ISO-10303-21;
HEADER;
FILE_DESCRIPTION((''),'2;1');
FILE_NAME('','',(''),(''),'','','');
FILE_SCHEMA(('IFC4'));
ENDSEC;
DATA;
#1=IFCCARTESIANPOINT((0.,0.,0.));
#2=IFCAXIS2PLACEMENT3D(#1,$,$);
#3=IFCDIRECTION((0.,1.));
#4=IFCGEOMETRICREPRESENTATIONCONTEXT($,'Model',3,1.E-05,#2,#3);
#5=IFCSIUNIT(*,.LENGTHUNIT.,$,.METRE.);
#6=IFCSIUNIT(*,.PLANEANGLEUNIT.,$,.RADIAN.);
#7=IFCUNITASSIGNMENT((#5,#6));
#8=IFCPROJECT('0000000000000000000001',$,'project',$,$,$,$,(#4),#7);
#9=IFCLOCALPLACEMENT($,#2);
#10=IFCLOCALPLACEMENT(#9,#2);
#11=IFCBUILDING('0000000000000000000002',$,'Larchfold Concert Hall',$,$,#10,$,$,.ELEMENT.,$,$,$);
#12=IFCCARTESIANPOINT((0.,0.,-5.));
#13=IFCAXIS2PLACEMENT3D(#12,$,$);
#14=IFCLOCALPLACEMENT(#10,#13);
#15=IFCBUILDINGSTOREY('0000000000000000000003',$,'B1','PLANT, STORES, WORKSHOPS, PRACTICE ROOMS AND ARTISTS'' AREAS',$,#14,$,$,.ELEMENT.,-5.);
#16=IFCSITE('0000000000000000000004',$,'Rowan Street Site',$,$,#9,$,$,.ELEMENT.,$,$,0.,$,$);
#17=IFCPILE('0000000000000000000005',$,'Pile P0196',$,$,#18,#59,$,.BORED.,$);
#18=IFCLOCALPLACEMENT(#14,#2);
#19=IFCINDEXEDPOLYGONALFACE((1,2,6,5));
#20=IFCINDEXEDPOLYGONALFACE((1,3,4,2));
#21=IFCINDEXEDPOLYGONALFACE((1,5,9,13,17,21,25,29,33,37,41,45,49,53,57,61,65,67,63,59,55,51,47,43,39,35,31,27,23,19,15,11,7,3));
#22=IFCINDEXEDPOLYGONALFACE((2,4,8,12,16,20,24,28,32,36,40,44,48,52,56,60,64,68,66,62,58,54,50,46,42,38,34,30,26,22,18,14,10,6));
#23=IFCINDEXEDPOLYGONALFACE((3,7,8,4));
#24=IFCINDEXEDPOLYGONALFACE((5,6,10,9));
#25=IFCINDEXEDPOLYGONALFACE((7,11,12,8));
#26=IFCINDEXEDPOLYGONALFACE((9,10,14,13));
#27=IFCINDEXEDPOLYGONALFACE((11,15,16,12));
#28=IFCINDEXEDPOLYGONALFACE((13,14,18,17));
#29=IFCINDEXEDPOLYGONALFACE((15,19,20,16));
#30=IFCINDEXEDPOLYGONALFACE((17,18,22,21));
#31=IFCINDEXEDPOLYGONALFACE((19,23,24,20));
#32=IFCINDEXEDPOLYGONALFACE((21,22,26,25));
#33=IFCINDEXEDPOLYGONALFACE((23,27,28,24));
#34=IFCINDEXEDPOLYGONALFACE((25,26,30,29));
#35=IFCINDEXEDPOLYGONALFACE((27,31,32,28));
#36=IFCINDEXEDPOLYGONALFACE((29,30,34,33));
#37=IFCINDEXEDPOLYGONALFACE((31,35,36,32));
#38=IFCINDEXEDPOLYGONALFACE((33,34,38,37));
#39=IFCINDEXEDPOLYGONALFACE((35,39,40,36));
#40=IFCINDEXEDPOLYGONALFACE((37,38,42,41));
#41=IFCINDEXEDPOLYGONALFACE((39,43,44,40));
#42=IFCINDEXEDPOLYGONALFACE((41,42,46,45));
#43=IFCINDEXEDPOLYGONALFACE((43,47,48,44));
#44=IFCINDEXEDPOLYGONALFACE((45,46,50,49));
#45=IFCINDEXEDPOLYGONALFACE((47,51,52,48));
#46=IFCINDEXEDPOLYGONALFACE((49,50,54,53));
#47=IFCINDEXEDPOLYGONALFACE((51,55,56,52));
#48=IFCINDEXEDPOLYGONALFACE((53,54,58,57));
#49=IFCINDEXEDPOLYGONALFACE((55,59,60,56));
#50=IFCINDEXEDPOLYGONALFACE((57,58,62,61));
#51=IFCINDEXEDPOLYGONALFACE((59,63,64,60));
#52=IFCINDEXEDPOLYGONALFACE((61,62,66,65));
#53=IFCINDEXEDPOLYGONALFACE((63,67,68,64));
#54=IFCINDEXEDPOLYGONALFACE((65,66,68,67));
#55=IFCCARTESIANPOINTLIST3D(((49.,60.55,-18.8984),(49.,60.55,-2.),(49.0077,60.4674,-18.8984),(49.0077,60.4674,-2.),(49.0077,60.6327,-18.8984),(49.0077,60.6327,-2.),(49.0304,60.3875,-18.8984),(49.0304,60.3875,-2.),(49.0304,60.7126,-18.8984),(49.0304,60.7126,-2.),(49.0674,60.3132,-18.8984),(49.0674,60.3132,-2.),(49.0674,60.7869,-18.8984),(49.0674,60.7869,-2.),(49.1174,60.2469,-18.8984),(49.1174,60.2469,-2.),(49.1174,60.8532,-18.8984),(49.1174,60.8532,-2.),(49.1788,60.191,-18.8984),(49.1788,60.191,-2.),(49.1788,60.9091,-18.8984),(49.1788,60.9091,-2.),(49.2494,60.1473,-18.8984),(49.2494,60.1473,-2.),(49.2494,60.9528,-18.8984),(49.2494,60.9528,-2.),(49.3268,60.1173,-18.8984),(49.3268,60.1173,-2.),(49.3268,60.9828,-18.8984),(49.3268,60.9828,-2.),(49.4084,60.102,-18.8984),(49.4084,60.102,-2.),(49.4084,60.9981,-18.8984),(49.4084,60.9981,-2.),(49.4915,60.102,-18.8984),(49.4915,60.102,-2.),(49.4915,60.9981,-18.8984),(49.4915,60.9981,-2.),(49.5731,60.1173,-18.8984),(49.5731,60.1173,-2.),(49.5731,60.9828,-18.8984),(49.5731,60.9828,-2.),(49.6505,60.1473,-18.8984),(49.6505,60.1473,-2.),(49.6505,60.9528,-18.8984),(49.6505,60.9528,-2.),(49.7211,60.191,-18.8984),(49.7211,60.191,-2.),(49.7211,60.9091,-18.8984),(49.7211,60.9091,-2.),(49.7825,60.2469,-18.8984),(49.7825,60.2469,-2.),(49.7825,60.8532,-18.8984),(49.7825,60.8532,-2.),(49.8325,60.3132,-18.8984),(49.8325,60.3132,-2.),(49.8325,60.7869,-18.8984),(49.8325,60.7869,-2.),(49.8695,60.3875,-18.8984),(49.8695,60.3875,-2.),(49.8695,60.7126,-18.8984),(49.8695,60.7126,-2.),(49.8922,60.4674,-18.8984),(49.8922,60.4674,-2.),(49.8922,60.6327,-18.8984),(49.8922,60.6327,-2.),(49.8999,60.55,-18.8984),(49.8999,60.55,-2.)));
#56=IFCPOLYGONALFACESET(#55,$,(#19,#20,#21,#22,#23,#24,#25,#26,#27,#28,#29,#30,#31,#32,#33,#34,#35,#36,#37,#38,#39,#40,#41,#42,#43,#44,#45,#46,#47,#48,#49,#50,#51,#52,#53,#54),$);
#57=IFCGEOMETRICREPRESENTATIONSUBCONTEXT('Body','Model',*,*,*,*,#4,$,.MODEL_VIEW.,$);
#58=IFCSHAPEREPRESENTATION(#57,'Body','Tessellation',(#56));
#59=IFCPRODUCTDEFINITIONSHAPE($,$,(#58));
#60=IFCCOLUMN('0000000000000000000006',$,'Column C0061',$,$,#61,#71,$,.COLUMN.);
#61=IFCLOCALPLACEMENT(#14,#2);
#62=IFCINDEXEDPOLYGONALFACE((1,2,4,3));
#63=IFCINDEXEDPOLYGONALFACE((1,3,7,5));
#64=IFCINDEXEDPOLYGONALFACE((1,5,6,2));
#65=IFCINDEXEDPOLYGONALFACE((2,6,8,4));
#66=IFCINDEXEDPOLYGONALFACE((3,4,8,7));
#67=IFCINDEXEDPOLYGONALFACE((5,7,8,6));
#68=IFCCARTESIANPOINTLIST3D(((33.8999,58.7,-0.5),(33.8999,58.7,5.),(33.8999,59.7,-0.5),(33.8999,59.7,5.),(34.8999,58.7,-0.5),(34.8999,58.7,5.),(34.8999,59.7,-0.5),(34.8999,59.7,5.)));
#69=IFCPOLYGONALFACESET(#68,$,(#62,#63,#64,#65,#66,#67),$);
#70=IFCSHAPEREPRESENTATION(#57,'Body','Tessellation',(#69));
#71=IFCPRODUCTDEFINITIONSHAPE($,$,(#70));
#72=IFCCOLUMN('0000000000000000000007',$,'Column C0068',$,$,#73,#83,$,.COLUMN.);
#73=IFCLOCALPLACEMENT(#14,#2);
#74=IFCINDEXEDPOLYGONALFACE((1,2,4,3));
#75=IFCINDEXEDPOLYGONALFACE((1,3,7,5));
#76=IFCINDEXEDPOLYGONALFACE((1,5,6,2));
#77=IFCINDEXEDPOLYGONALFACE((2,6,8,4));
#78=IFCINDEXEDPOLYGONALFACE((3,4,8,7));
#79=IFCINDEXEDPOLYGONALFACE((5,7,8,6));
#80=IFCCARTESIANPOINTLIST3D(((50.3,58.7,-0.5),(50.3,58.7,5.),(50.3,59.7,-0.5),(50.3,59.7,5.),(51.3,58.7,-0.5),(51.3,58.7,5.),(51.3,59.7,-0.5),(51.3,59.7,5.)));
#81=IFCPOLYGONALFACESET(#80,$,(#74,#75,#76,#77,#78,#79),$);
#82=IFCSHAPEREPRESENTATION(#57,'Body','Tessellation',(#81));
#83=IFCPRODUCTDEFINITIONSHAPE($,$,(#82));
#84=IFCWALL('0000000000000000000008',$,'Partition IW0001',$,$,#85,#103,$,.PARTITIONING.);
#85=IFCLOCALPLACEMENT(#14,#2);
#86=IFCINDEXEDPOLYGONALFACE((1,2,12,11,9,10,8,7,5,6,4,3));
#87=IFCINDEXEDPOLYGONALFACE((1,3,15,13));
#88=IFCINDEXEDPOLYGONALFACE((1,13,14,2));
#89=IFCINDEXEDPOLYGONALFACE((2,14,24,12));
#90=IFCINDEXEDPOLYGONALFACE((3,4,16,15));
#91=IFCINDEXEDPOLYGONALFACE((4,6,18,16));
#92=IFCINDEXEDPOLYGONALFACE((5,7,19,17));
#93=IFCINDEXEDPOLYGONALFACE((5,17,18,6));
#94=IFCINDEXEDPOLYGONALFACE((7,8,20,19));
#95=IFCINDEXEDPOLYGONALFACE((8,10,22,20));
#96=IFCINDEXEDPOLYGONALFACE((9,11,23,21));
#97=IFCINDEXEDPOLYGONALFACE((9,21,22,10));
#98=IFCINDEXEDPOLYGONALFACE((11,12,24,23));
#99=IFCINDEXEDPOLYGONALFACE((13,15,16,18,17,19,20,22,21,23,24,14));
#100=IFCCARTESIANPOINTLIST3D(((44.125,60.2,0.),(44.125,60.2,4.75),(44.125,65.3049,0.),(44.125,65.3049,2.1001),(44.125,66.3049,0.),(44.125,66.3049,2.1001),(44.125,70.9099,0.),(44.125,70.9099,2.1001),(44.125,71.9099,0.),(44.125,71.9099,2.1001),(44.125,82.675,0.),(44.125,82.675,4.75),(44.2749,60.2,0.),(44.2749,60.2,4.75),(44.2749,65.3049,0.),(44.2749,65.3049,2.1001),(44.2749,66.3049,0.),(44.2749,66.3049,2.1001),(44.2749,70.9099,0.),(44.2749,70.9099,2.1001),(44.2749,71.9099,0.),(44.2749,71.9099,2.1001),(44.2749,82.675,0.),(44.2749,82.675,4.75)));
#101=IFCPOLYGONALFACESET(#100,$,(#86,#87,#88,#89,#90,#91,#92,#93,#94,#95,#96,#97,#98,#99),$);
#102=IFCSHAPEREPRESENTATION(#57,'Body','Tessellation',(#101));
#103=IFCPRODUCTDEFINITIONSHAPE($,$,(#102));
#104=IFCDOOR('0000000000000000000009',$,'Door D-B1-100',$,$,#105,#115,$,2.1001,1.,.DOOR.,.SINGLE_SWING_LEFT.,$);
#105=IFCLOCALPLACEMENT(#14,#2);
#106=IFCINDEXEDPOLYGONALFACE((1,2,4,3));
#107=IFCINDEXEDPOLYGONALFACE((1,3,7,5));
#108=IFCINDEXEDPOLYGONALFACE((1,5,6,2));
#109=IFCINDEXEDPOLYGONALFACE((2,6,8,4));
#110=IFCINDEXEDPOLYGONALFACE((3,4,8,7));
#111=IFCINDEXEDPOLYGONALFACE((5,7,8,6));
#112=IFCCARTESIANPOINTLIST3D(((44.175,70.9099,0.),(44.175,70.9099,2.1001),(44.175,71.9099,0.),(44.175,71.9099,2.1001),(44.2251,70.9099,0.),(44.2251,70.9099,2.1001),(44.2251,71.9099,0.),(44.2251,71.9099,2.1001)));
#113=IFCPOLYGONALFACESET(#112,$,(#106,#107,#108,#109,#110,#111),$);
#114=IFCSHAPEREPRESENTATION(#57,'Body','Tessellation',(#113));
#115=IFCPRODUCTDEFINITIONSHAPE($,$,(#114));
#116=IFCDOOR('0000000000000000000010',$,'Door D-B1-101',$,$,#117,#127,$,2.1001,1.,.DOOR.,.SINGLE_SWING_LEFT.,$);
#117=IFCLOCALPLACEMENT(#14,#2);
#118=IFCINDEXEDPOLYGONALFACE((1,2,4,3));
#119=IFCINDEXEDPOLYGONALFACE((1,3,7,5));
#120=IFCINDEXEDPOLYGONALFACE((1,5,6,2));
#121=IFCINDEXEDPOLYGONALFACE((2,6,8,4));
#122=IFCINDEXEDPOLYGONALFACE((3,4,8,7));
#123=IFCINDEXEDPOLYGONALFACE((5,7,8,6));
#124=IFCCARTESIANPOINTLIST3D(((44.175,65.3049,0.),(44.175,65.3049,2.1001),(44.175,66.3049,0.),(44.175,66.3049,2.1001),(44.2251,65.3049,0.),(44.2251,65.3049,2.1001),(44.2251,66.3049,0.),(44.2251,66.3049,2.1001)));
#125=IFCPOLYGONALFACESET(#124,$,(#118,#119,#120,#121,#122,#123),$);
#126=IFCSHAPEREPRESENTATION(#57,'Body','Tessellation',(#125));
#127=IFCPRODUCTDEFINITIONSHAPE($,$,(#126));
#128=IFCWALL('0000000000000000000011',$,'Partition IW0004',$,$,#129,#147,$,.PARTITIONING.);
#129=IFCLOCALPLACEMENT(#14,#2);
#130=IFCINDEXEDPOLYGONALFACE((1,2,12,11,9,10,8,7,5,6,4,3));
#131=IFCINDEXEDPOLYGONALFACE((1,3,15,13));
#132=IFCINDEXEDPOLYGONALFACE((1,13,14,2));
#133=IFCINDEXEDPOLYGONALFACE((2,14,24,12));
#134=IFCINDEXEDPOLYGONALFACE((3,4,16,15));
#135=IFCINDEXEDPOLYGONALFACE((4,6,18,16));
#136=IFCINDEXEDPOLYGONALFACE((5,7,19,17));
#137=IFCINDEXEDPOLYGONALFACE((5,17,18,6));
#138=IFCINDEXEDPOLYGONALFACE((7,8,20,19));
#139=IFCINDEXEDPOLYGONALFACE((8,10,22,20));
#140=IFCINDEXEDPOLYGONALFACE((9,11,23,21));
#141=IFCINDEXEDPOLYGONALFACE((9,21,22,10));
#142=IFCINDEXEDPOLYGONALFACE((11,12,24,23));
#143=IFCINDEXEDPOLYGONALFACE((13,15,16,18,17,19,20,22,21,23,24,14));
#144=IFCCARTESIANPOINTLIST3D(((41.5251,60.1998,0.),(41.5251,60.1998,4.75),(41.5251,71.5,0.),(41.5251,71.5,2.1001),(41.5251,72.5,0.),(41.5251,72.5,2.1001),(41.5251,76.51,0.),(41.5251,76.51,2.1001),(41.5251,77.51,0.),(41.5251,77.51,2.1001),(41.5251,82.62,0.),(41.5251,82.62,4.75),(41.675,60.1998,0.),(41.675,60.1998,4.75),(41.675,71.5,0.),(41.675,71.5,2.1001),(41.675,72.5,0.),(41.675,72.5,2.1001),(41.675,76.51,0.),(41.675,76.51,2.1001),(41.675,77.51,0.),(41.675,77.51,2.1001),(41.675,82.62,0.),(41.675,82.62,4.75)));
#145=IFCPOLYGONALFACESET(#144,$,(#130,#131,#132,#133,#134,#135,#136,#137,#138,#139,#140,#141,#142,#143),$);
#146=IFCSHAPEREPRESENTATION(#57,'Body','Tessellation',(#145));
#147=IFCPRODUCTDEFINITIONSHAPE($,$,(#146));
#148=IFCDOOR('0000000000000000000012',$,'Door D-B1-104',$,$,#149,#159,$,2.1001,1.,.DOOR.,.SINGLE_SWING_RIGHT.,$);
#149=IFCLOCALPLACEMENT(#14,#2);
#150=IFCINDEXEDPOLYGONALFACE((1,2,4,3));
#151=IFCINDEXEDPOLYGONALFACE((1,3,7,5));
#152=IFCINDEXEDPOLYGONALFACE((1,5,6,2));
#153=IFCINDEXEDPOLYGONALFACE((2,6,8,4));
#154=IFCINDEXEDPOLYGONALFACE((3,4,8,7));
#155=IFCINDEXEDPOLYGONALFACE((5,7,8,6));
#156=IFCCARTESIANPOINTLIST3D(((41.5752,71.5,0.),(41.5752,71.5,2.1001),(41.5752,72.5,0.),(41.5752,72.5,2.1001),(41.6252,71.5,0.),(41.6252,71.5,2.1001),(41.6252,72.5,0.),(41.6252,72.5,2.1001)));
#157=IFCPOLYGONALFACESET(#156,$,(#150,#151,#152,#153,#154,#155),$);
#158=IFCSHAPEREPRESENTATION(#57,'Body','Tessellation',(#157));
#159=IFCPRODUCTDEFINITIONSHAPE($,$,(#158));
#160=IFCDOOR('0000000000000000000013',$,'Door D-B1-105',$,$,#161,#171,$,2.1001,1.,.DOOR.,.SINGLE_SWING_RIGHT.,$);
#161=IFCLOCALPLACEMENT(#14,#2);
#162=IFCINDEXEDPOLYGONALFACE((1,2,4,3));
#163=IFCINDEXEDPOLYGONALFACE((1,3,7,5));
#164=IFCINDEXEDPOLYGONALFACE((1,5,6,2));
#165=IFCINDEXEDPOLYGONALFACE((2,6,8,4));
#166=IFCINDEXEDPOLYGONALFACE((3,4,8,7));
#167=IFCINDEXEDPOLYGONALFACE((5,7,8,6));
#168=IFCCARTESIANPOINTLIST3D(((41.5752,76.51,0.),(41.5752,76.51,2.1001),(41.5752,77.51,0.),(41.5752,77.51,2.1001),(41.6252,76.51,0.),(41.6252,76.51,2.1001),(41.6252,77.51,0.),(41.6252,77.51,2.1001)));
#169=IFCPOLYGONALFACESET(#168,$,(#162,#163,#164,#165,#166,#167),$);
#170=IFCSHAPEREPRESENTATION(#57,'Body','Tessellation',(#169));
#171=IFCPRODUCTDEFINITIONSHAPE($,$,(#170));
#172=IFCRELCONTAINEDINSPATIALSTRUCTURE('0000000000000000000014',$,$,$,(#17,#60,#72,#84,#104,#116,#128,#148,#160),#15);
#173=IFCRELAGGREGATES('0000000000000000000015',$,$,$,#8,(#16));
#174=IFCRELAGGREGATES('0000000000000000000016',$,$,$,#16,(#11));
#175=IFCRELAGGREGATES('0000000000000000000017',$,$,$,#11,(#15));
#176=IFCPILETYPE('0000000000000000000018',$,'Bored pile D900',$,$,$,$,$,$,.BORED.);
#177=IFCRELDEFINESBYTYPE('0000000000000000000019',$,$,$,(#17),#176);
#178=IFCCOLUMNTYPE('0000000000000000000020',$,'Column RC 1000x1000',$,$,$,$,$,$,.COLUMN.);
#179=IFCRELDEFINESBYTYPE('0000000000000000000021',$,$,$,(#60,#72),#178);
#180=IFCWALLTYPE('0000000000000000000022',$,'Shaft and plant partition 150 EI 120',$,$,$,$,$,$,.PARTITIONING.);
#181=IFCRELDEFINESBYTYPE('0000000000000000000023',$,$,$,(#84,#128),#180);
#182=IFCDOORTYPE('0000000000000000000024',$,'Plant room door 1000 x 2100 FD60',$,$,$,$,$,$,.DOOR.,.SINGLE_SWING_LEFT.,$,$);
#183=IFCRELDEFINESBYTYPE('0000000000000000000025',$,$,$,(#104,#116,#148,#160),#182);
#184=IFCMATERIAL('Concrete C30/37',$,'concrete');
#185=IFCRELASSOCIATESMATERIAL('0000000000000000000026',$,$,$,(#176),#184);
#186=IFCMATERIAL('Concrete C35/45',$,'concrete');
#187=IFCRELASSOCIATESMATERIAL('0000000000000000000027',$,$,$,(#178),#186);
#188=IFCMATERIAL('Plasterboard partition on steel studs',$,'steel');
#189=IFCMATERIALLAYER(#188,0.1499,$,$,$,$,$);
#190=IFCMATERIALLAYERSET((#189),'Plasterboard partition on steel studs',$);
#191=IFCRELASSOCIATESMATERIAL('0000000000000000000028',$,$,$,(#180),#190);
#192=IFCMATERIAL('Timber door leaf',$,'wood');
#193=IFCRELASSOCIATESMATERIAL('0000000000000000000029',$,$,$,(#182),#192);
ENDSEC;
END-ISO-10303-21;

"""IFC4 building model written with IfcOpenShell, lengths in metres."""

from ifc_helpers import new_model, si_unit, direction, frame, frame_2d, origin, origin_2d, place, context, subcontext, project, spatial, rectangle, circle, extrude, material, layer, layer_set, material_profile, profile_set, type_object, element, fill, save


model = new_model("IFC4")

# Units and contexts
model_context = context("Model", 3, precision=1e-05, world=origin(), true_north=direction((0.0, 1.0)))
body_context = subcontext(model_context, "Body", "Model", "MODEL_VIEW")
ifc_project = project(units=[si_unit("LENGTHUNIT", "METRE"), si_unit("PLANEANGLEUNIT", "RADIAN")], contexts=[model_context])

# Site, building, storey
site_placement = place(None, origin())
site = spatial("IfcSite", under=ifc_project, at=site_placement, Name="Rowan Street Site", CompositionType="ELEMENT", RefElevation=0.0)
building_placement = place(site_placement, origin())
building = spatial("IfcBuilding", under=site, at=building_placement, Name="Larchfold Concert Hall", CompositionType="ELEMENT")
storey_placement = place(building_placement, frame((0.0, 0.0, -5.0)))
storey = spatial("IfcBuildingStorey", under=building, at=storey_placement, Name="B1", Description="PLANT, STORES, WORKSHOPS, PRACTICE ROOMS AND ARTISTS' AREAS", CompositionType="ELEMENT", Elevation=-5.0)

# Pile
ifc_material_1 = material(Name="Concrete C30/37", Category="concrete")
ifc_material_profile_1 = material_profile(ifc_material_1, circle(Radius=0.45, at=origin_2d()))
ifc_profile_set_1 = profile_set([ifc_material_profile_1], Name="Concrete C30/37")
pile_type_1 = type_object("IfcPileType", Name="Bored pile D900", PredefinedType="BORED", material=ifc_profile_set_1)
for number, where, z_axis, x_axis, name in (
    (1, (49.45, 60.55, -2.0), (0.0, 0.0, -1.0), (1.0, 0.0, 0.0), "Pile P0196"),
):
    element("IfcPile", number, at=place(storey_placement, frame(where, z_axis=z_axis, x_axis=x_axis)), inside=storey, type_object=pile_type_1, Name=name, PredefinedType="BORED", context=body_context, shape_type="SweptSolid", body=[
        extrude(circle(Radius=0.45, at=origin_2d()), origin(), (0.0, 0.0, 1.0), 16.8984),
    ])

# Columns
ifc_material_2 = material(Name="Concrete C35/45", Category="concrete")
ifc_material_profile_2 = material_profile(ifc_material_2, rectangle(XDim=1.0, YDim=1.0, at=origin_2d()))
ifc_profile_set_2 = profile_set([ifc_material_profile_2], Name="Concrete C35/45")
column_type = type_object("IfcColumnType", Name="Column RC 1000x1000", PredefinedType="COLUMN", material=ifc_profile_set_2)
for number, where, z_axis, x_axis, name in (
    (2, (34.3999, 59.2, -0.5), (0.0, 0.0, 1.0), (1.0, 0.0, 0.0), "Column C0061"),
    (3, (50.8, 59.2, -0.5), (0.0, 0.0, 1.0), (1.0, 0.0, 0.0), "Column C0068"),
):
    element("IfcColumn", number, at=place(storey_placement, frame(where, z_axis=z_axis, x_axis=x_axis)), inside=storey, type_object=column_type, Name=name, PredefinedType="COLUMN", context=body_context, shape_type="SweptSolid", body=[
        extrude(rectangle(XDim=1.0, YDim=1.0, at=origin_2d()), origin(), (0.0, 0.0, 1.0), 5.5),
    ])

# Walls, openings, doors
ifc_material_3 = material(Name="Plasterboard partition on steel studs", Category="steel")
ifc_layer_1 = layer(ifc_material_3, 0.1499)
ifc_layer_set_1 = layer_set([ifc_layer_1], Name="Plasterboard partition on steel studs")
wall_type_1 = type_object("IfcWallType", Name="Shaft and plant partition 150 EI 120", PredefinedType="PARTITIONING", material=ifc_layer_set_1)
wall_1_placement = place(storey_placement, frame((44.2, 60.2, 0.0), z_axis=(0.0, 0.0, 1.0), x_axis=(0.0, 1.0, 0.0)))
wall_1 = element("IfcWall", 4, at=wall_1_placement, inside=storey, type_object=wall_type_1, Name="Partition IW0001", PredefinedType="PARTITIONING", context=body_context, shape_type="SweptSolid", body=[
    extrude(rectangle(XDim=22.4751, YDim=0.1499, at=frame_2d((11.2375, 0.0))), origin(), (0.0, 0.0, 1.0), 4.75),
])
opening_1_placement = place(wall_1_placement, frame((10.71, 0.0, 0.0)))
opening_1 = element("IfcOpeningElement", 5, at=opening_1_placement, cuts=wall_1, PredefinedType="OPENING", context=body_context, shape_type="SweptSolid", body=[
    extrude(rectangle(XDim=1.0, YDim=2.1001, at=frame_2d((0.5, 1.05))), frame((0.0, 0.085, 0.0), z_axis=(0.0, -1.0, 0.0), x_axis=(1.0, 0.0, 0.0)), (0.0, 0.0, 1.0), 0.1699),
])
opening_2_placement = place(wall_1_placement, frame((5.105, 0.0, 0.0)))
opening_2 = element("IfcOpeningElement", 6, at=opening_2_placement, cuts=wall_1, PredefinedType="OPENING", context=body_context, shape_type="SweptSolid", body=[
    extrude(rectangle(XDim=1.0, YDim=2.1001, at=frame_2d((0.5, 1.05))), frame((0.0, 0.085, 0.0), z_axis=(0.0, -1.0, 0.0), x_axis=(1.0, 0.0, 0.0)), (0.0, 0.0, 1.0), 0.1699),
])
ifc_material_4 = material(Name="Timber door leaf", Category="wood")
door_type = type_object("IfcDoorType", Name="Plant room door 1000 x 2100 FD60", OperationType="SINGLE_SWING_LEFT", PredefinedType="DOOR", material=ifc_material_4)
door_1_placement = place(opening_1_placement, origin())
door_1 = element("IfcDoor", 7, at=door_1_placement, inside=storey, type_object=door_type, Name="Door D-B1-100", OperationType="SINGLE_SWING_LEFT", OverallHeight=2.1001, OverallWidth=1.0, PredefinedType="DOOR", context=body_context, shape_type="SweptSolid", body=[
    extrude(rectangle(XDim=1.0, YDim=2.1001, at=frame_2d((0.5, 1.05))), frame((0.0, 0.0249, 0.0), z_axis=(0.0, -1.0, 0.0), x_axis=(1.0, 0.0, 0.0)), (0.0, 0.0, 1.0), 0.05),
])
fill(opening_1, door_1)
door_2_placement = place(opening_2_placement, origin())
door_2 = element("IfcDoor", 8, at=door_2_placement, inside=storey, type_object=door_type, Name="Door D-B1-101", OperationType="SINGLE_SWING_LEFT", OverallHeight=2.1001, OverallWidth=1.0, PredefinedType="DOOR", context=body_context, shape_type="SweptSolid", body=[
    extrude(rectangle(XDim=1.0, YDim=2.1001, at=frame_2d((0.5, 1.05))), frame((0.0, 0.0249, 0.0), z_axis=(0.0, -1.0, 0.0), x_axis=(1.0, 0.0, 0.0)), (0.0, 0.0, 1.0), 0.05),
])
fill(opening_2, door_2)
wall_2_placement = place(storey_placement, frame((41.6001, 60.2, 0.0), z_axis=(0.0, 0.0, 1.0), x_axis=(0.0, 1.0, 0.0)))
wall_2 = element("IfcWall", 9, at=wall_2_placement, inside=storey, type_object=wall_type_1, Name="Partition IW0004", PredefinedType="PARTITIONING", context=body_context, shape_type="SweptSolid", body=[
    extrude(rectangle(XDim=22.4202, YDim=0.1499, at=frame_2d((11.21, 0.0))), origin(), (0.0, 0.0, 1.0), 4.75),
])
opening_3_placement = place(wall_2_placement, frame((11.3, 0.0, 0.0)))
opening_3 = element("IfcOpeningElement", 10, at=opening_3_placement, cuts=wall_2, PredefinedType="OPENING", context=body_context, shape_type="SweptSolid", body=[
    extrude(rectangle(XDim=1.0, YDim=2.1001, at=frame_2d((0.5, 1.05))), frame((0.0, 0.085, 0.0), z_axis=(0.0, -1.0, 0.0), x_axis=(1.0, 0.0, 0.0)), (0.0, 0.0, 1.0), 0.1699),
])
opening_4_placement = place(wall_2_placement, frame((16.3101, 0.0, 0.0)))
opening_4 = element("IfcOpeningElement", 11, at=opening_4_placement, cuts=wall_2, PredefinedType="OPENING", context=body_context, shape_type="SweptSolid", body=[
    extrude(rectangle(XDim=1.0, YDim=2.1001, at=frame_2d((0.5, 1.05))), frame((0.0, 0.085, 0.0), z_axis=(0.0, -1.0, 0.0), x_axis=(1.0, 0.0, 0.0)), (0.0, 0.0, 1.0), 0.1699),
])
door_3_placement = place(opening_3_placement, origin())
door_3 = element("IfcDoor", 12, at=door_3_placement, inside=storey, type_object=door_type, Name="Door D-B1-104", OperationType="SINGLE_SWING_RIGHT", OverallHeight=2.1001, OverallWidth=1.0, PredefinedType="DOOR", context=body_context, shape_type="SweptSolid", body=[
    extrude(rectangle(XDim=1.0, YDim=2.1001, at=frame_2d((0.5, 1.05))), frame((0.0, 0.0249, 0.0), z_axis=(0.0, -1.0, 0.0), x_axis=(1.0, 0.0, 0.0)), (0.0, 0.0, 1.0), 0.05),
])
fill(opening_3, door_3)
door_4_placement = place(opening_4_placement, origin())
door_4 = element("IfcDoor", 13, at=door_4_placement, inside=storey, type_object=door_type, Name="Door D-B1-105", OperationType="SINGLE_SWING_RIGHT", OverallHeight=2.1001, OverallWidth=1.0, PredefinedType="DOOR", context=body_context, shape_type="SweptSolid", body=[
    extrude(rectangle(XDim=1.0, YDim=2.1001, at=frame_2d((0.5, 1.05))), frame((0.0, 0.0249, 0.0), z_axis=(0.0, -1.0, 0.0), x_axis=(1.0, 0.0, 0.0)), (0.0, 0.0, 1.0), 0.05),
])
fill(opening_4, door_4)

save(model, "model.ifc")
